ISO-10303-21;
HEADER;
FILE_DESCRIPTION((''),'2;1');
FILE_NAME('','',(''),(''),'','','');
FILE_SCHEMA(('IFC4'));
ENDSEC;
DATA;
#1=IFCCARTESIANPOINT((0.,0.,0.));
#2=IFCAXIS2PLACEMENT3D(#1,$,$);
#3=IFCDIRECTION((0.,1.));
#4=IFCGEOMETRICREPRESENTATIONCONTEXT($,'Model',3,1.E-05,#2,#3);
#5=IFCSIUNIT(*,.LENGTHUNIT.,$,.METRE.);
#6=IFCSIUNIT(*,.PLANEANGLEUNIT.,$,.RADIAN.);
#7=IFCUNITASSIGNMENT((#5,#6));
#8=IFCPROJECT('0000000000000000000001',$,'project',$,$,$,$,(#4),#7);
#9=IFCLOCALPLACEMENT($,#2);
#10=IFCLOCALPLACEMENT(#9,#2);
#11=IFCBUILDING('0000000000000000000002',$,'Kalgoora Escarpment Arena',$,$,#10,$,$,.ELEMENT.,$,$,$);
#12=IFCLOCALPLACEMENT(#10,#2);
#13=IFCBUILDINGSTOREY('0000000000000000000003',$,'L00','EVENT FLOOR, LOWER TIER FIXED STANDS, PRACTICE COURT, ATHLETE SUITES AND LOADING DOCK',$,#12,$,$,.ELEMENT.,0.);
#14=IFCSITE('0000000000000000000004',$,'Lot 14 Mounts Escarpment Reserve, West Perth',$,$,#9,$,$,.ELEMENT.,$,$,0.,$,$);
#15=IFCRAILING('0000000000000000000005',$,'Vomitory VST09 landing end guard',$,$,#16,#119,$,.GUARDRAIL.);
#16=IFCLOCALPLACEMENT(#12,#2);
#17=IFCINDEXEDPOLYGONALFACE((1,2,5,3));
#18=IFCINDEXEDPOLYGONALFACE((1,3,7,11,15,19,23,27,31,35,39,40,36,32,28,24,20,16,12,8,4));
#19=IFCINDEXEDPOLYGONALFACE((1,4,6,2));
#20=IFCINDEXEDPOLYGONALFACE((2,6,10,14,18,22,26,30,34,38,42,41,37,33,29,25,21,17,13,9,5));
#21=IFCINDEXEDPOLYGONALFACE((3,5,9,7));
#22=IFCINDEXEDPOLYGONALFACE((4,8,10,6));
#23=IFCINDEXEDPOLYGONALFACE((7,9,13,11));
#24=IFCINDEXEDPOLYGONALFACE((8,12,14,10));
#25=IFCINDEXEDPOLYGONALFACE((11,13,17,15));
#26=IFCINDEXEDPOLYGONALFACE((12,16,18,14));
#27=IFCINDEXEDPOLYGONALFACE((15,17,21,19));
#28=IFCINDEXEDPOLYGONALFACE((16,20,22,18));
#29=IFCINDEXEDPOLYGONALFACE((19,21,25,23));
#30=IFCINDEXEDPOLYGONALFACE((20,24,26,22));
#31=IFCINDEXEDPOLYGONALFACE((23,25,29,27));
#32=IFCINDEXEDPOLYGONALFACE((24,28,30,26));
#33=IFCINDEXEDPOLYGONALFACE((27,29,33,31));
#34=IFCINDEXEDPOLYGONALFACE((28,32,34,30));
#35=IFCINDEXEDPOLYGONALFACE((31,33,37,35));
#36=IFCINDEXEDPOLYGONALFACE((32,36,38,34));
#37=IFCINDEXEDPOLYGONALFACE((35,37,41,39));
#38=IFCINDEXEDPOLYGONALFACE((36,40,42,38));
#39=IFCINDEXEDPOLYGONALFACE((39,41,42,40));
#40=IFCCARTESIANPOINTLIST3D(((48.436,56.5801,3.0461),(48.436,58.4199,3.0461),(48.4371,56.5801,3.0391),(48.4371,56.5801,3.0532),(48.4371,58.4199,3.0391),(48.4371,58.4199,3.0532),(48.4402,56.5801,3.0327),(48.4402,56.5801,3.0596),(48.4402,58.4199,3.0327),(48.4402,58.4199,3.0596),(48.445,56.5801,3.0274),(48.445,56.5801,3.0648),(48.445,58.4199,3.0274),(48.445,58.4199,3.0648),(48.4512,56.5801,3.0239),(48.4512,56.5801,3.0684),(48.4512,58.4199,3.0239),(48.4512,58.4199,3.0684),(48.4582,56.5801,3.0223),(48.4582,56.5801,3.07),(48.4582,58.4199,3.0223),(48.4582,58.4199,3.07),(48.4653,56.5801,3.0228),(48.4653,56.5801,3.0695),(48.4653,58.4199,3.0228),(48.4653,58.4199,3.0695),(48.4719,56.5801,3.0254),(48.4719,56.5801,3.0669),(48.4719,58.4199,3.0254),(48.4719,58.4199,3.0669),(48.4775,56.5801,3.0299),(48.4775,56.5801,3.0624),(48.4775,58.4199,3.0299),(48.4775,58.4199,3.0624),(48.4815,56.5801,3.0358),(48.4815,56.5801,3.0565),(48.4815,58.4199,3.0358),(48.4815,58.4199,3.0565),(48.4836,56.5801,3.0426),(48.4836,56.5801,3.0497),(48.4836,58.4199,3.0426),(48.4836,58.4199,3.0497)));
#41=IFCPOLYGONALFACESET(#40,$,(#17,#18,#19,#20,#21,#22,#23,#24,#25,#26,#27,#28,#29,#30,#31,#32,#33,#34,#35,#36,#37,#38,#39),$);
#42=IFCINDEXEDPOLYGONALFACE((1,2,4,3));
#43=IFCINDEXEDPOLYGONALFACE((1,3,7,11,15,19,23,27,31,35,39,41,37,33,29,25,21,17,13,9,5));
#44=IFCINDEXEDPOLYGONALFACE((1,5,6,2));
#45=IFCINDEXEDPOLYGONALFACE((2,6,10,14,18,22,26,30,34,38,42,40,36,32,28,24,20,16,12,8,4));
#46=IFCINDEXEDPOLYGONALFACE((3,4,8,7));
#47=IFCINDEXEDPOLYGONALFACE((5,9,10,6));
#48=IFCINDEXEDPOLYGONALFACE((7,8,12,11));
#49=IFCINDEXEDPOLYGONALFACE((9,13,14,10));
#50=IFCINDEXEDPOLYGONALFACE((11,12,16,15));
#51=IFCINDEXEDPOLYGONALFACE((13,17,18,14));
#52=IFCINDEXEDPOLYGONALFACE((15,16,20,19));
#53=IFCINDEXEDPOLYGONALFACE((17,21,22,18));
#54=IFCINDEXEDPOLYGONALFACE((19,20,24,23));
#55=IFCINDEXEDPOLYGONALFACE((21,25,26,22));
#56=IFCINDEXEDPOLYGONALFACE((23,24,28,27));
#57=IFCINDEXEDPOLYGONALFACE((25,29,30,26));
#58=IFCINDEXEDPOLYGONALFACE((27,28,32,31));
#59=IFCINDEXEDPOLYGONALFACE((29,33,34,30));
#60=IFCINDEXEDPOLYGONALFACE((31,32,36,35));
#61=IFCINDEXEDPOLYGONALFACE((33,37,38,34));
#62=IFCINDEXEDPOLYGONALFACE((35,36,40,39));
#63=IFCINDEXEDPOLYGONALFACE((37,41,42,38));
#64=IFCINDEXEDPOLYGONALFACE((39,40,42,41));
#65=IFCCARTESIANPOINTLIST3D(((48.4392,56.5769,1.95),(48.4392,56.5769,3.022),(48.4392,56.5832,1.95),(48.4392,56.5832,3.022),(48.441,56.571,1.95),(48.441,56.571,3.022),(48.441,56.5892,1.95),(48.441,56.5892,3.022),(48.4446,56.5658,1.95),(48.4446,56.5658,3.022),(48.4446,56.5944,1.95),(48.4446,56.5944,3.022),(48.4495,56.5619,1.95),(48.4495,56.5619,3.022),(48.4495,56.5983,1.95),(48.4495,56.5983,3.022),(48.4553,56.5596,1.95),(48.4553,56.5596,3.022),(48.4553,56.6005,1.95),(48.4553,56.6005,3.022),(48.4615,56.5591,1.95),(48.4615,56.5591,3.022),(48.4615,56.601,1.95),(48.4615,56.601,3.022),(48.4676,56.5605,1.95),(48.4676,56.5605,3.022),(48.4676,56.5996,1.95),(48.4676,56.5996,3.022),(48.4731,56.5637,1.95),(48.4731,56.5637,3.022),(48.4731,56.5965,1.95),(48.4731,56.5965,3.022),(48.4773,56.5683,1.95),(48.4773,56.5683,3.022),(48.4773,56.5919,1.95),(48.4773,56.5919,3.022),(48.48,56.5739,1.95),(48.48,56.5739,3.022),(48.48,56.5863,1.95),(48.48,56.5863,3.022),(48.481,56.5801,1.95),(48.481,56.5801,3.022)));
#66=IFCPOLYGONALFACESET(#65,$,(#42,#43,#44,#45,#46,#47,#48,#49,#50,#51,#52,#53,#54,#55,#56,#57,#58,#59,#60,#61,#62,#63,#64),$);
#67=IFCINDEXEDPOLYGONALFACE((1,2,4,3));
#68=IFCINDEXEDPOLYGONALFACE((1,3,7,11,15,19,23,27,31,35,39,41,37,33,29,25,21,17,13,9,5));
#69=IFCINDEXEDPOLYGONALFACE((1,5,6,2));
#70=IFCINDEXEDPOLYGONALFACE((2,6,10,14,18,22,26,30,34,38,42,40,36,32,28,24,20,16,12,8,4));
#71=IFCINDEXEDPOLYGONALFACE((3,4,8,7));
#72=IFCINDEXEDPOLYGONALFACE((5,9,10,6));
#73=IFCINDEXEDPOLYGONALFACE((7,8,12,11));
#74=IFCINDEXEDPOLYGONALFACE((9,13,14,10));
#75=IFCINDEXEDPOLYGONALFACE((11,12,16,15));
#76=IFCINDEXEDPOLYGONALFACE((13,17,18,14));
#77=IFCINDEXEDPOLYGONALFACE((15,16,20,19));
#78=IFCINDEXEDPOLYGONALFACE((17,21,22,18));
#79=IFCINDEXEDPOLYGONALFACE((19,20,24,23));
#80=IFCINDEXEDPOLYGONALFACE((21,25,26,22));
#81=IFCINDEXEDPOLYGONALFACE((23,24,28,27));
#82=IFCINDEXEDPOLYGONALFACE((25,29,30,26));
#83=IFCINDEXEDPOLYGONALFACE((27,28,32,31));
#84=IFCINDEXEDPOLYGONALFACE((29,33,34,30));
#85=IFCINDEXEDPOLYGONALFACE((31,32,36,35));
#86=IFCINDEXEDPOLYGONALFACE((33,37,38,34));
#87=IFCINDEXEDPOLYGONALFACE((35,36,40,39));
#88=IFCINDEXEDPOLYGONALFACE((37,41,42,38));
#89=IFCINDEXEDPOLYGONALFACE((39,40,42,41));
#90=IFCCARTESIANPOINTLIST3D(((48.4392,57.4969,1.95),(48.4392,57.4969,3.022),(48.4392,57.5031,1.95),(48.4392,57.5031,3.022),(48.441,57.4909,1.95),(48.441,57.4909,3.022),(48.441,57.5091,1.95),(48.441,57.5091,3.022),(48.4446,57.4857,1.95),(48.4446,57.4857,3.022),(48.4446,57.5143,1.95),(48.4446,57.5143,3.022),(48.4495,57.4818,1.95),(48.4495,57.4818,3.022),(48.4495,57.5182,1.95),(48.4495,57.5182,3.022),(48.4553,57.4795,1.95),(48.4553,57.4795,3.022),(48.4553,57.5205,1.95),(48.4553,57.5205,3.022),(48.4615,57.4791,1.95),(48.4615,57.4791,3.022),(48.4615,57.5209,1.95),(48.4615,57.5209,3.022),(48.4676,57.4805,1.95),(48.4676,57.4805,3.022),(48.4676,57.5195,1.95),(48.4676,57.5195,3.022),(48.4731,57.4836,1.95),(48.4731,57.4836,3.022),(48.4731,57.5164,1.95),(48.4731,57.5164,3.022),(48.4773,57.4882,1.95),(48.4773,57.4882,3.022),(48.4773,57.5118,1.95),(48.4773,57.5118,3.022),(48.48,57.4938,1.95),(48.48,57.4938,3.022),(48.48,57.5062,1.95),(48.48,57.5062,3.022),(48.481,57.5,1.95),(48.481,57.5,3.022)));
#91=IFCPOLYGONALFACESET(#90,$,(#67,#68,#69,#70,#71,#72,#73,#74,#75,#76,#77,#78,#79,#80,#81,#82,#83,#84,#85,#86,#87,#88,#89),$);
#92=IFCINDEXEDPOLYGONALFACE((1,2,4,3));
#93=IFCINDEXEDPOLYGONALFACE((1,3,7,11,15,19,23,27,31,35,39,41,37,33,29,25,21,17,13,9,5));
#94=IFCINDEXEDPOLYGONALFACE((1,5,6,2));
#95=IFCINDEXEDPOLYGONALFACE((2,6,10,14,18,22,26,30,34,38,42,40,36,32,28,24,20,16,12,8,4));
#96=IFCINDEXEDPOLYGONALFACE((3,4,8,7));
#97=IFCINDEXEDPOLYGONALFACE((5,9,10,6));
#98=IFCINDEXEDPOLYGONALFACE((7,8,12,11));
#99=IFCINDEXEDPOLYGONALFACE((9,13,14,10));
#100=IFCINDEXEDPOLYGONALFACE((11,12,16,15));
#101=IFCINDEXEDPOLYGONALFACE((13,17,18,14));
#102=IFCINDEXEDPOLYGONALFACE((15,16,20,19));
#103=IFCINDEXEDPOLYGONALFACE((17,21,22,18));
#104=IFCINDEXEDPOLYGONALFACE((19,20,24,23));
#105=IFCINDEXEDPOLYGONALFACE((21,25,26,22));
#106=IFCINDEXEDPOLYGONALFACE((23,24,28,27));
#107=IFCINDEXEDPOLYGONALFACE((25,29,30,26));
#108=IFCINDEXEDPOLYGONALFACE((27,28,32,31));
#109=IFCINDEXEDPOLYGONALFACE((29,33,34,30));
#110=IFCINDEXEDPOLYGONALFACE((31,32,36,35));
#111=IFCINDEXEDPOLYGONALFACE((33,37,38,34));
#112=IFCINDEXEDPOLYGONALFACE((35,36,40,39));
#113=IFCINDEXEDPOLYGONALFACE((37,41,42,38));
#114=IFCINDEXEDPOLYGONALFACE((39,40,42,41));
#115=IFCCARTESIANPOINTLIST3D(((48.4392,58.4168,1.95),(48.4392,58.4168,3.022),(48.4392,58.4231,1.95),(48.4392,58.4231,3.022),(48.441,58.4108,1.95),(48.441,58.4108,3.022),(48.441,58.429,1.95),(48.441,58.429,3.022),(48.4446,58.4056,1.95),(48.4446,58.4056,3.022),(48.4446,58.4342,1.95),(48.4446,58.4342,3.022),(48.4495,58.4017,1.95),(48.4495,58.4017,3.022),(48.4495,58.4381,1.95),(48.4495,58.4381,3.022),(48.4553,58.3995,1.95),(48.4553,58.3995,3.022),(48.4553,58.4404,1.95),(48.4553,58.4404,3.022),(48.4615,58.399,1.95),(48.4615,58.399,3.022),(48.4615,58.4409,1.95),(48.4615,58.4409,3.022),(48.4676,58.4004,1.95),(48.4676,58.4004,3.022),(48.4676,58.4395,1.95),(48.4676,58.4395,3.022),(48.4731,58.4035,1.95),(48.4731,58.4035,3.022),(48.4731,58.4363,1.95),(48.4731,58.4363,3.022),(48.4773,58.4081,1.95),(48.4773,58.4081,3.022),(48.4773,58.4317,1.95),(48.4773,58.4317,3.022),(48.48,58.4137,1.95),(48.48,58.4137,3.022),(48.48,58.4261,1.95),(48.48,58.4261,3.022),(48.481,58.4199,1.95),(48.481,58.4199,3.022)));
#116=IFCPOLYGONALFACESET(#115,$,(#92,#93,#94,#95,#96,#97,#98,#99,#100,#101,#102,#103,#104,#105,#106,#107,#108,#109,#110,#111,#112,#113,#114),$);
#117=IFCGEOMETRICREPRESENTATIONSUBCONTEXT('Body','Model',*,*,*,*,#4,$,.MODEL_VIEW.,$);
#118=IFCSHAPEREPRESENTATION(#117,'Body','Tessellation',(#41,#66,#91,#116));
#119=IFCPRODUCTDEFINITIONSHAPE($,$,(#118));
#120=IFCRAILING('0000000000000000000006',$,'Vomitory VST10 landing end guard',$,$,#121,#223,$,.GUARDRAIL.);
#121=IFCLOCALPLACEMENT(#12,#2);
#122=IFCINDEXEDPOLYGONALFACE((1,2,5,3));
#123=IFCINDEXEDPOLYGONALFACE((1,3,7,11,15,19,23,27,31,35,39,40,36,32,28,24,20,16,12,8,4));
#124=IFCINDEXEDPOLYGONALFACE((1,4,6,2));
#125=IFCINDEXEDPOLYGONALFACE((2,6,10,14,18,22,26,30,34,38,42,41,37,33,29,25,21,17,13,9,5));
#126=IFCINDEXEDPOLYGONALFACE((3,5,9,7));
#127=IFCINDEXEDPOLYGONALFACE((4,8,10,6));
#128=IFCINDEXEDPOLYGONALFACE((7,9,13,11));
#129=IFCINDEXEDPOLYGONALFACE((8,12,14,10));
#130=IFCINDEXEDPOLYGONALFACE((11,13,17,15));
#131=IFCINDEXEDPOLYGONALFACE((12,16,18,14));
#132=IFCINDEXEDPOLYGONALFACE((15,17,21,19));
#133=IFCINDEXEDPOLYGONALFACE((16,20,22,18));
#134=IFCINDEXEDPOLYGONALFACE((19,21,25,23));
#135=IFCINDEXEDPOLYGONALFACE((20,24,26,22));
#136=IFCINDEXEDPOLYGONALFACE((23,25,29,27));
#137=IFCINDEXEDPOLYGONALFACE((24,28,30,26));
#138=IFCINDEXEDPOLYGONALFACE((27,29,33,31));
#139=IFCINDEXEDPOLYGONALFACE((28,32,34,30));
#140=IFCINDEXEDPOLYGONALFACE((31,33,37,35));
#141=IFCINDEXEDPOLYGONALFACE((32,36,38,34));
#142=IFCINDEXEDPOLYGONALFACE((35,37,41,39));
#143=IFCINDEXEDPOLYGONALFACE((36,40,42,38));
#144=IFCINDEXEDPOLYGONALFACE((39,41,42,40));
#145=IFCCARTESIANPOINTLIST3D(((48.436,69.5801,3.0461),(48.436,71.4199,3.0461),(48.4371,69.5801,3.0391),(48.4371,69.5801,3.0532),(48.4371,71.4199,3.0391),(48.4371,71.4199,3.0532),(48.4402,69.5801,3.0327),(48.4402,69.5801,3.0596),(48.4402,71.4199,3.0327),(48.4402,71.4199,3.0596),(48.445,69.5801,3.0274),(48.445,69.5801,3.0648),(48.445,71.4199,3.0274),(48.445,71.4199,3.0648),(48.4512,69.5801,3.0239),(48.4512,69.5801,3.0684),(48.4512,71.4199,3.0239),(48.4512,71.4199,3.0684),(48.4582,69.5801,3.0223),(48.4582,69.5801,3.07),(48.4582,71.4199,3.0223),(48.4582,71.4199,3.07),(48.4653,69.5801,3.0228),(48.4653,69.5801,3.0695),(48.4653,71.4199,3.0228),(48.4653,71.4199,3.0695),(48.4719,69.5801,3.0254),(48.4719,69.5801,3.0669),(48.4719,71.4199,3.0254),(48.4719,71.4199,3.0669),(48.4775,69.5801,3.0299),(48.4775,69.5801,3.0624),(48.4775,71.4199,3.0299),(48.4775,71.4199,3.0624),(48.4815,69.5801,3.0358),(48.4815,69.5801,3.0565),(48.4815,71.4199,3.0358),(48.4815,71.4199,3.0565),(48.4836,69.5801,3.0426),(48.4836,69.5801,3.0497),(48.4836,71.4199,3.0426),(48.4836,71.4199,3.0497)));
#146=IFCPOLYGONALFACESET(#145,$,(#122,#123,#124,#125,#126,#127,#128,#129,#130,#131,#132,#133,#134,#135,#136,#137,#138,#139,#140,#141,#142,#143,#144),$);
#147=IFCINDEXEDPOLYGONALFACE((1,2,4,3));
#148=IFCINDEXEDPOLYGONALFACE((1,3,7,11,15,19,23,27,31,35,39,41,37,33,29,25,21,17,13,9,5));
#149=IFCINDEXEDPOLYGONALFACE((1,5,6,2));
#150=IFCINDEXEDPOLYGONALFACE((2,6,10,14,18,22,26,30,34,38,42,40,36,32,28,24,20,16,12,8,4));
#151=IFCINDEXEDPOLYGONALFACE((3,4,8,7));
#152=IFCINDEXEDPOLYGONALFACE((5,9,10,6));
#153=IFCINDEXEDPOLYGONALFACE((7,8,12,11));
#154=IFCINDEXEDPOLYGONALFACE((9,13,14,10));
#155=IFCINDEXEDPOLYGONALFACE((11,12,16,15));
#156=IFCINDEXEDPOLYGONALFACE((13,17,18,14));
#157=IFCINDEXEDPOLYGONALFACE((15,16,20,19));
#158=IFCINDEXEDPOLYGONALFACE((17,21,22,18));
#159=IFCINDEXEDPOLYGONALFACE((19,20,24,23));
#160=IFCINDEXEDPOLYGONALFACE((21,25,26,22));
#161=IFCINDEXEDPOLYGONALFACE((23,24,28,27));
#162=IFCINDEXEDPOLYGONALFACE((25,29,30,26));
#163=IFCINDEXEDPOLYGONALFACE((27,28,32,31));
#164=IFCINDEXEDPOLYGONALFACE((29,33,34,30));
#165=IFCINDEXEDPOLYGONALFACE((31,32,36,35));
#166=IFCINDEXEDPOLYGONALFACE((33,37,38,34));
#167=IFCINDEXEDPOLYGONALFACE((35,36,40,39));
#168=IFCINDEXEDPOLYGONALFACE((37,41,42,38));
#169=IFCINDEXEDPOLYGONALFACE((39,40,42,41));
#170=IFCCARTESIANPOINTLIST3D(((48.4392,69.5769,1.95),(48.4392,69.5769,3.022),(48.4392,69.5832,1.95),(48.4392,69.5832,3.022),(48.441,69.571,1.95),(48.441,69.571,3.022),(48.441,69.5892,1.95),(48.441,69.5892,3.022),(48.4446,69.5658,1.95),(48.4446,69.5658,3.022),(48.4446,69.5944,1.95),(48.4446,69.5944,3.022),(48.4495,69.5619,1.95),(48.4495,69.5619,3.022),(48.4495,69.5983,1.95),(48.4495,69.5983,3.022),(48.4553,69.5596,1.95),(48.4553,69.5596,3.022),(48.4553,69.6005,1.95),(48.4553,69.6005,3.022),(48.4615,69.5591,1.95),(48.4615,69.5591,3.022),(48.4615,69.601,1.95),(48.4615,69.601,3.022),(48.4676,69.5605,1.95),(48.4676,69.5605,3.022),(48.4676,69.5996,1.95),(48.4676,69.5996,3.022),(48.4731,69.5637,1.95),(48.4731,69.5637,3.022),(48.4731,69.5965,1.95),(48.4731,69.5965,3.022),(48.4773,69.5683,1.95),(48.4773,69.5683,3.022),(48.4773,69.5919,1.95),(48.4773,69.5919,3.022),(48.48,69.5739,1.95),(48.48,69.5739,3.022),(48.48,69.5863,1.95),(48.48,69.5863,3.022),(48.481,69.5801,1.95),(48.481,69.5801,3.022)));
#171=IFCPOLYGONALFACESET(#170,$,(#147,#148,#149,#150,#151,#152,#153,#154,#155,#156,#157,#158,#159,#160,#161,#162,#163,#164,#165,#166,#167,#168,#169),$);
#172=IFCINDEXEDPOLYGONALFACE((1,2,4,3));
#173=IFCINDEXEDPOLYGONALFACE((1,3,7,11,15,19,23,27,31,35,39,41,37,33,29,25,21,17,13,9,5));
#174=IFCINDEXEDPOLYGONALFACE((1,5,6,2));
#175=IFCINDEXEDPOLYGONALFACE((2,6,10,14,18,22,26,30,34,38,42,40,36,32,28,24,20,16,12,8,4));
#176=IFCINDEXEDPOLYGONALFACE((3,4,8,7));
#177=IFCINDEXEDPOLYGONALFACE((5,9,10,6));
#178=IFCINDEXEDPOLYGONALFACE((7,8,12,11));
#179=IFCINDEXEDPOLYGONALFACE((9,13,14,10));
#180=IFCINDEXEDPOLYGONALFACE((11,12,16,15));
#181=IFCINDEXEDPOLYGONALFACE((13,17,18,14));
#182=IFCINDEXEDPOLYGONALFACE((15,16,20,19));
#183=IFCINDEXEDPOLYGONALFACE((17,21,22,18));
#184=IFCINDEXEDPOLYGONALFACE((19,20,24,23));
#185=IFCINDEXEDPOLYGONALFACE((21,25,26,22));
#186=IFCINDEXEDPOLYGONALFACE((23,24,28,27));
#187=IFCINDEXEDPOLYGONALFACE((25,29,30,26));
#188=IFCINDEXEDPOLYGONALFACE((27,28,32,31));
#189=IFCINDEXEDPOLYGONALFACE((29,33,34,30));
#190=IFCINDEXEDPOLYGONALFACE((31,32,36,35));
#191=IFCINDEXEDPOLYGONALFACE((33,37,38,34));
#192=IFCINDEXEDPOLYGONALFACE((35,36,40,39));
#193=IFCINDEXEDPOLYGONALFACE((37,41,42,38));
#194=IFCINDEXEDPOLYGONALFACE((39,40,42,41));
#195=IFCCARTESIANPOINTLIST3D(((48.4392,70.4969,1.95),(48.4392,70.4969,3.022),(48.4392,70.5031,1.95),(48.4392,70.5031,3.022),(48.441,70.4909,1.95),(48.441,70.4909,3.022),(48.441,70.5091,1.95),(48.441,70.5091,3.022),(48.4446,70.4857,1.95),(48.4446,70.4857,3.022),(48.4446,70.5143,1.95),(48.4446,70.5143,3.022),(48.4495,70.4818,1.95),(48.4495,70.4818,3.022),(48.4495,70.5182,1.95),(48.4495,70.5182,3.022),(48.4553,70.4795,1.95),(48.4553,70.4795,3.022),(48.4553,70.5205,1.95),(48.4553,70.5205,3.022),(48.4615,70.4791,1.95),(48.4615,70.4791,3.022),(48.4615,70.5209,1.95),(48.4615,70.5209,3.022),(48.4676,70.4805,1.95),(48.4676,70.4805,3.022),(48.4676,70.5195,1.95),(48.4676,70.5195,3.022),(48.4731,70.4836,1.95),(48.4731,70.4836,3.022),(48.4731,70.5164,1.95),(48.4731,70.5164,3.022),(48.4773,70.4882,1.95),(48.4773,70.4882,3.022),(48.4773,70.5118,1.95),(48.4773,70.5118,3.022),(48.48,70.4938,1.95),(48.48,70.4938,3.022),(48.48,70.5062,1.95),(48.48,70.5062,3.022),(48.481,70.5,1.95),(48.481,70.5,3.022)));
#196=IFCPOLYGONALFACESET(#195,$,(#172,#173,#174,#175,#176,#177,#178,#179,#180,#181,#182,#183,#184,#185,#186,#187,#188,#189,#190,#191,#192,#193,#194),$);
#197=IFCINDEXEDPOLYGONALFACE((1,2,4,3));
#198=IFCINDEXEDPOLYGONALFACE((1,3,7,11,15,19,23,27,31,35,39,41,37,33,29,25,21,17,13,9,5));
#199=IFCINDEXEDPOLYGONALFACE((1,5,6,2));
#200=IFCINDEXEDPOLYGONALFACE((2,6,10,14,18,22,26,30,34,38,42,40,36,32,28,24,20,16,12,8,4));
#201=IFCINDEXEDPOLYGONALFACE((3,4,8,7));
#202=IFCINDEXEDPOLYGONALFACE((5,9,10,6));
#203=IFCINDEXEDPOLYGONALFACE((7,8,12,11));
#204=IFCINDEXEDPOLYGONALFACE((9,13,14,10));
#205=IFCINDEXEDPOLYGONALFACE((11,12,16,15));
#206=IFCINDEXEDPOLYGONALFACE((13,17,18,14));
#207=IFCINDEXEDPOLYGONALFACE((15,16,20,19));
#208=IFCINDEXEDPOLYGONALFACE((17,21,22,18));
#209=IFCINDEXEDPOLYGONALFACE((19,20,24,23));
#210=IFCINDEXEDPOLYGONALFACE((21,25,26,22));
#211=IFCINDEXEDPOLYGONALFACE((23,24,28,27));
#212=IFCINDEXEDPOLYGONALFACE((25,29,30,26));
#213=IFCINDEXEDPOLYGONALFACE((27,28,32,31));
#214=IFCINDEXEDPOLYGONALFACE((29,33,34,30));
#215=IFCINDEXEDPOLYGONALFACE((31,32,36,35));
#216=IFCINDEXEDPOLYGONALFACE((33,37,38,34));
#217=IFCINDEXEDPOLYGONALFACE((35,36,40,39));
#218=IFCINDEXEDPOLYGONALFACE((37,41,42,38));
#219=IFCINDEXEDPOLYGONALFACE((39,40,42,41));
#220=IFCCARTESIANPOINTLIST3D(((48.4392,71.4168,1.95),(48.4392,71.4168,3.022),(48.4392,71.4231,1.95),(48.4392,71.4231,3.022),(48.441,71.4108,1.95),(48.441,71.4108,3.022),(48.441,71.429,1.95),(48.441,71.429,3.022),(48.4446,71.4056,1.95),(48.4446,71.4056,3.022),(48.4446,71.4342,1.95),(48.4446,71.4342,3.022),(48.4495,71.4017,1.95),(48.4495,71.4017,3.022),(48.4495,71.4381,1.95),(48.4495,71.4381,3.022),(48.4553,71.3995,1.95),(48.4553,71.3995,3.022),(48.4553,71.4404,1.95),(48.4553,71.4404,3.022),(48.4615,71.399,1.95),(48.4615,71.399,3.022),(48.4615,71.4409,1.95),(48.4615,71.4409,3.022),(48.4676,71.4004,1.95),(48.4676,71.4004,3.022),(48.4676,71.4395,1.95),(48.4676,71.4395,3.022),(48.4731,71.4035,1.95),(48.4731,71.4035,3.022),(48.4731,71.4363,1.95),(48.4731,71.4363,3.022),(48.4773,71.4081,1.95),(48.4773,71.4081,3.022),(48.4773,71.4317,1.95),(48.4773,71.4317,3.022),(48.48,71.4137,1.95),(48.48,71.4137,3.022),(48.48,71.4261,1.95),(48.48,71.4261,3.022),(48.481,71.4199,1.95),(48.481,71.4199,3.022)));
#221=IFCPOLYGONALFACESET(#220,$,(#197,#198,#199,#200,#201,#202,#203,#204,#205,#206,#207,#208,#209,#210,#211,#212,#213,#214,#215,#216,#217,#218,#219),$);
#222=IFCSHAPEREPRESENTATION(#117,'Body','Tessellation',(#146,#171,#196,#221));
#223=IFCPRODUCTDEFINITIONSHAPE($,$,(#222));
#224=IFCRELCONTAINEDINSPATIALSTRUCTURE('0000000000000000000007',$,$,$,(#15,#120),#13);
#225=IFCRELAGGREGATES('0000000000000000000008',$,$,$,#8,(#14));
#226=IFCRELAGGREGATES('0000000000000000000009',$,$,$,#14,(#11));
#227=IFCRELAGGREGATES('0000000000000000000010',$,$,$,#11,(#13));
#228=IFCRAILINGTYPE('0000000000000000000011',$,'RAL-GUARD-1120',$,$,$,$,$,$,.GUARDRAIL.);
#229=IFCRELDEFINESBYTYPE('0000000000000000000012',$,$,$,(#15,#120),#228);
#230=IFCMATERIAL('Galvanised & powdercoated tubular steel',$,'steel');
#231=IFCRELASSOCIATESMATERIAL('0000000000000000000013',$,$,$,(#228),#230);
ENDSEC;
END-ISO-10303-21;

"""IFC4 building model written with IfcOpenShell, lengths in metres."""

from ifc_helpers import new_model, si_unit, direction, frame, origin, origin_2d, place, context, subcontext, project, spatial, circle, extrude, material, type_object, element, save


model = new_model("IFC4")

# Units and contexts
model_context = context("Model", 3, precision=1e-05, world=origin(), true_north=direction((0.0, 1.0)))
body_context = subcontext(model_context, "Body", "Model", "MODEL_VIEW")
ifc_project = project(units=[si_unit("LENGTHUNIT", "METRE"), si_unit("PLANEANGLEUNIT", "RADIAN")], contexts=[model_context])

# Site, building, storey
site_placement = place(None, origin())
site = spatial("IfcSite", under=ifc_project, at=site_placement, Name="Lot 14 Mounts Escarpment Reserve, West Perth", CompositionType="ELEMENT", RefElevation=0.0)
building_placement = place(site_placement, origin())
building = spatial("IfcBuilding", under=site, at=building_placement, Name="Kalgoora Escarpment Arena", CompositionType="ELEMENT")
storey_placement = place(building_placement, origin())
storey = spatial("IfcBuildingStorey", under=building, at=storey_placement, Name="L00", Description="EVENT FLOOR, LOWER TIER FIXED STANDS, PRACTICE COURT, ATHLETE SUITES AND LOADING DOCK", CompositionType="ELEMENT", Elevation=0.0)

# Railings
ifc_material_1 = material(Name="Galvanised & powdercoated tubular steel", Category="steel")
railing_type = type_object("IfcRailingType", Name="RAL-GUARD-1120", PredefinedType="GUARDRAIL", material=ifc_material_1)
for number, where, name in (
    (1, (48.46, 56.5801, 1.95), "Vomitory VST09 landing end guard"),
    (2, (48.46, 69.5801, 1.95), "Vomitory VST10 landing end guard"),
):
    element("IfcRailing", number, at=place(storey_placement, frame(where)), inside=storey, type_object=railing_type, Name=name, PredefinedType="GUARDRAIL", context=body_context, shape_type="SweptSolid", body=[
        extrude(circle(Radius=0.0239, at=origin_2d()), frame((0.0, 0.0, 1.0962), z_axis=(0.0, 1.0, 0.0), x_axis=(-1.0, 0.0, 0.0)), (0.0, 0.0, 1.0), 1.8398),
        extrude(circle(Radius=0.021, at=origin_2d()), origin(), (0.0, 0.0, 1.0), 1.072),
        extrude(circle(Radius=0.021, at=origin_2d()), frame((0.0, 0.9199, 0.0)), (0.0, 0.0, 1.0), 1.072),
        extrude(circle(Radius=0.021, at=origin_2d()), frame((0.0, 1.8398, 0.0)), (0.0, 0.0, 1.0), 1.072),
    ])

save(model, "model.ifc")
